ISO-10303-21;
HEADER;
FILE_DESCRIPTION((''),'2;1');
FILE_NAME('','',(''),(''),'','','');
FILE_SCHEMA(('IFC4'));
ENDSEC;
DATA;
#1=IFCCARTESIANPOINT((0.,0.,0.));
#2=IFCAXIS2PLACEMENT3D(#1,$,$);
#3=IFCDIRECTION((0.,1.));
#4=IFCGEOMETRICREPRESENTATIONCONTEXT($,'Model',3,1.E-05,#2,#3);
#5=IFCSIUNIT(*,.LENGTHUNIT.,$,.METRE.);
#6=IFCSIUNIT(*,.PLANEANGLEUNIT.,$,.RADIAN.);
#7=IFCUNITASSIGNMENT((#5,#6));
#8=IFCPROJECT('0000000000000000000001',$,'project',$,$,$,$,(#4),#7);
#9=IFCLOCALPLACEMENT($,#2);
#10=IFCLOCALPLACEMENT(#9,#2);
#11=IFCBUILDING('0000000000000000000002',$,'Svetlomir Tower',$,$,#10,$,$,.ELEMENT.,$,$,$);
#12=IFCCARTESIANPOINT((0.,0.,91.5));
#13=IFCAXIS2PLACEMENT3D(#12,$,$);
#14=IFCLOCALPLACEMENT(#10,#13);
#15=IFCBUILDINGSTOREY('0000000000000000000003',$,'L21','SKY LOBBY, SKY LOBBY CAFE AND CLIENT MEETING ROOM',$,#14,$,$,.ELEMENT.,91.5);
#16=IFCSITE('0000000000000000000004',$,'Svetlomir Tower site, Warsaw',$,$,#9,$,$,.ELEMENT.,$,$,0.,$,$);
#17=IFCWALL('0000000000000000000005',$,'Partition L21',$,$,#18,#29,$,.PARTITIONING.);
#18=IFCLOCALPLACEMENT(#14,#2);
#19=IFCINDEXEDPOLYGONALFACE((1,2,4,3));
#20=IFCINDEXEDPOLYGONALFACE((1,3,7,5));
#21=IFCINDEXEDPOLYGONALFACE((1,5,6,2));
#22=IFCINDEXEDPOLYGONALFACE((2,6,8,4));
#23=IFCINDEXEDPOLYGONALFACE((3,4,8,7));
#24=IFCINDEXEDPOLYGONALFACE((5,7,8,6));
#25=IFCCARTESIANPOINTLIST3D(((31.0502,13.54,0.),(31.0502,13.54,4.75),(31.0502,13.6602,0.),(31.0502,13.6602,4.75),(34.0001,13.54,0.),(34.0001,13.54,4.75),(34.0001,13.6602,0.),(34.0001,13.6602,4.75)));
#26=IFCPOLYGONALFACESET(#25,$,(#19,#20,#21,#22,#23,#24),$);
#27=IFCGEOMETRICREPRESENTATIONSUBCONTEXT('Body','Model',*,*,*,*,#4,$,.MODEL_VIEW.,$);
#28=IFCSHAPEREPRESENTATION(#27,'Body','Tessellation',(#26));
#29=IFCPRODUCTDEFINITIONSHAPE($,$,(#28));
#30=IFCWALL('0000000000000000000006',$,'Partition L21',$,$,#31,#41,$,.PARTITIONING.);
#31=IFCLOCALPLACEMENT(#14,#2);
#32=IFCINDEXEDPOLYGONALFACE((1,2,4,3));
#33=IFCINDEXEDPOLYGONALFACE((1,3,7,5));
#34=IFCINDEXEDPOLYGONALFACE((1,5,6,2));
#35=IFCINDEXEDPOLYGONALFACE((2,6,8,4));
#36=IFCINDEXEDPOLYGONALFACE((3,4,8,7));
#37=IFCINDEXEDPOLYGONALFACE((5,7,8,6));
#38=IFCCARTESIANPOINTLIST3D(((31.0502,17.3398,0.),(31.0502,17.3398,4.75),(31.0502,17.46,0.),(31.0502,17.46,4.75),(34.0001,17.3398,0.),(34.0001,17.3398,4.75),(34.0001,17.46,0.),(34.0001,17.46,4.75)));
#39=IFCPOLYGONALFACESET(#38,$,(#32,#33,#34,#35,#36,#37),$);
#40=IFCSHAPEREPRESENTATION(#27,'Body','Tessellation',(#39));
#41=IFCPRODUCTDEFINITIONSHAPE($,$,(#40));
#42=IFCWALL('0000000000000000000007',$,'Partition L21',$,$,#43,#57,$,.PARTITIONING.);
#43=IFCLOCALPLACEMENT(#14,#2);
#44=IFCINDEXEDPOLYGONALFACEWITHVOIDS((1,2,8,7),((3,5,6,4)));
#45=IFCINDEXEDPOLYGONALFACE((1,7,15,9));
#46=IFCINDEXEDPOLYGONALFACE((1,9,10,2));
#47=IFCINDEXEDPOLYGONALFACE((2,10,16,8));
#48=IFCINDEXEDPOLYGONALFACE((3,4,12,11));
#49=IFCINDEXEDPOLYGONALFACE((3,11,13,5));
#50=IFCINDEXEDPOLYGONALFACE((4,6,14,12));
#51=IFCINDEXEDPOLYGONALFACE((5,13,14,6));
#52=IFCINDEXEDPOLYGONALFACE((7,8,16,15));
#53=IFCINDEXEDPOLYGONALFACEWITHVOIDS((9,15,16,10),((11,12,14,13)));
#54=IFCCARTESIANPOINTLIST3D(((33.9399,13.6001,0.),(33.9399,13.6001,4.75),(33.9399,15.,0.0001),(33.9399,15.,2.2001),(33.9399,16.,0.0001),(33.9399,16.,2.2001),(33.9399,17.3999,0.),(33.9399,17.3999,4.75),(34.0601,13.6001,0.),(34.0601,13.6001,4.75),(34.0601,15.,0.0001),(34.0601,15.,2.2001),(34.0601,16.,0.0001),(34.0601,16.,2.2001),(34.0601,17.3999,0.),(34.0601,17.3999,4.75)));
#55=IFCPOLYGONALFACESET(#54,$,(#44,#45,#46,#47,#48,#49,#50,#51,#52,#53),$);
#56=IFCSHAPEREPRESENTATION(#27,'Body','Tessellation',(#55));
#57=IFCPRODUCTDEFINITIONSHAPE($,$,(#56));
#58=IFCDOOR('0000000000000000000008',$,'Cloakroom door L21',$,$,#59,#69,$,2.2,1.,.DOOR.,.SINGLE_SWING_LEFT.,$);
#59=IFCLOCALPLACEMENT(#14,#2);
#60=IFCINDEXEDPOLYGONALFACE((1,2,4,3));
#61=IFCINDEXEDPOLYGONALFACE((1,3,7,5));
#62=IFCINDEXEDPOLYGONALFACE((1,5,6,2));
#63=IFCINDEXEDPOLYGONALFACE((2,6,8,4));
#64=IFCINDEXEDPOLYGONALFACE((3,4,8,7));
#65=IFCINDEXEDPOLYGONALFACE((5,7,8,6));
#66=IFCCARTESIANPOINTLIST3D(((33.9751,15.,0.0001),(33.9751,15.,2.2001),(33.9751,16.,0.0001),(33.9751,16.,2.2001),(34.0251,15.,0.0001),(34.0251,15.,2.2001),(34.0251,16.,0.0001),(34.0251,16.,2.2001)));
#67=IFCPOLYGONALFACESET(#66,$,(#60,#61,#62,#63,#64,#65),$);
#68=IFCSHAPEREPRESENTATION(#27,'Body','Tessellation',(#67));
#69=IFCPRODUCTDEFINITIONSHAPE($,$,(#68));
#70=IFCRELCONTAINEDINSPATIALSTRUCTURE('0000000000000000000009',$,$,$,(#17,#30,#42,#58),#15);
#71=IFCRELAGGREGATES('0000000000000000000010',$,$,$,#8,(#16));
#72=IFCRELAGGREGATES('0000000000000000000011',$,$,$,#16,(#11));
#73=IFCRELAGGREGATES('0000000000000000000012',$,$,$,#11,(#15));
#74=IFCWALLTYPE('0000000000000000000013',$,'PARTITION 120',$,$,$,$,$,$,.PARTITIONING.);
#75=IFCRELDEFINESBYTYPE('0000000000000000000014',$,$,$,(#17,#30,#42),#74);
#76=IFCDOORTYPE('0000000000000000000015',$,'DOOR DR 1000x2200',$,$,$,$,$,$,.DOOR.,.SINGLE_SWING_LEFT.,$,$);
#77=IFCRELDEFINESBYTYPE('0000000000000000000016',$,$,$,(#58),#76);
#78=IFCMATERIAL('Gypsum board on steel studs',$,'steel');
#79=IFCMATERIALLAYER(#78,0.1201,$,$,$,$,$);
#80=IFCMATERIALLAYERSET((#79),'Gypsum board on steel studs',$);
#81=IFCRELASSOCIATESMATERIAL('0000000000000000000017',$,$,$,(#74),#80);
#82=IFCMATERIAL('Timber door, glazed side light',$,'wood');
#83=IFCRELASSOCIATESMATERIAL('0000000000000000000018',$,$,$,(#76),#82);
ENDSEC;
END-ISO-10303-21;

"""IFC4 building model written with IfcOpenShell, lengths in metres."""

from ifc_helpers import new_model, si_unit, direction, frame, frame_2d, origin, place, context, subcontext, project, spatial, rectangle, extrude, material, layer, layer_set, type_object, element, fill, save


model = new_model("IFC4")

# Units and contexts
model_context = context("Model", 3, precision=1e-05, world=origin(), true_north=direction((0.0, 1.0)))
body_context = subcontext(model_context, "Body", "Model", "MODEL_VIEW")
ifc_project = project(units=[si_unit("LENGTHUNIT", "METRE"), si_unit("PLANEANGLEUNIT", "RADIAN")], contexts=[model_context])

# Site, building, storey
site_placement = place(None, origin())
site = spatial("IfcSite", under=ifc_project, at=site_placement, Name="Svetlomir Tower site, Warsaw", CompositionType="ELEMENT", RefElevation=0.0)
building_placement = place(site_placement, origin())
building = spatial("IfcBuilding", under=site, at=building_placement, Name="Svetlomir Tower", CompositionType="ELEMENT")
storey_placement = place(building_placement, frame((0.0, 0.0, 91.5)))
storey = spatial("IfcBuildingStorey", under=building, at=storey_placement, Name="L21", Description="SKY LOBBY, SKY LOBBY CAFE AND CLIENT MEETING ROOM", CompositionType="ELEMENT", Elevation=91.5)

# Walls
ifc_material_1 = material(Name="Gypsum board on steel studs", Category="steel")
ifc_layer_1 = layer(ifc_material_1, 0.1201)
ifc_layer_set_1 = layer_set([ifc_layer_1], Name="Gypsum board on steel studs")
wall_type_1 = type_object("IfcWallType", Name="PARTITION 120", PredefinedType="PARTITIONING", material=ifc_layer_set_1)
for number, where, z_axis, x_axis, name in (
    (1, (31.05, 13.6001, 0.0), (0.0, 0.0, 1.0), (1.0, 0.0, 0.0), "Partition L21"),
    (2, (31.05, 17.3999, 0.0), (0.0, 0.0, 1.0), (1.0, 0.0, 0.0), "Partition L21"),
):
    element("IfcWall", number, at=place(storey_placement, frame(where, z_axis=z_axis, x_axis=x_axis)), inside=storey, type_object=wall_type_1, Name=name, PredefinedType="PARTITIONING", context=body_context, shape_type="SweptSolid", body=[
        extrude(rectangle(XDim=2.95, YDim=0.1201, at=frame_2d((1.4751, 0.0))), origin(), (0.0, 0.0, 1.0), 4.75),
    ])

# Wall, opening, door
wall_1_placement = place(storey_placement, frame((34.0, 13.6001, 0.0), z_axis=(0.0, 0.0, 1.0), x_axis=(0.0, 1.0, 0.0)))
wall_1 = element("IfcWall", 3, at=wall_1_placement, inside=storey, type_object=wall_type_1, Name="Partition L21", PredefinedType="PARTITIONING", context=body_context, shape_type="SweptSolid", body=[
    extrude(rectangle(XDim=3.7998, YDim=0.1201, at=frame_2d((1.8999, 0.0))), origin(), (0.0, 0.0, 1.0), 4.75),
])
opening_1_placement = place(wall_1_placement, frame((1.3999, 0.0, 0.0)))
opening_1 = element("IfcOpeningElement", 4, at=opening_1_placement, cuts=wall_1, PredefinedType="OPENING", context=body_context, shape_type="SweptSolid", body=[
    extrude(rectangle(XDim=1.0, YDim=2.2, at=frame_2d((0.5, 1.1001))), frame((0.0, 0.0701, 0.0), z_axis=(0.0, -1.0, 0.0), x_axis=(1.0, 0.0, 0.0)), (0.0, 0.0, 1.0), 0.1401),
])
ifc_material_2 = material(Name="Timber door, glazed side light", Category="wood")
door_type_1 = type_object("IfcDoorType", Name="DOOR DR 1000x2200", OperationType="SINGLE_SWING_LEFT", PredefinedType="DOOR", material=ifc_material_2)
door_1_placement = place(opening_1_placement, origin())
door_1 = element("IfcDoor", 5, at=door_1_placement, inside=storey, type_object=door_type_1, Name="Cloakroom door L21", OperationType="SINGLE_SWING_LEFT", OverallHeight=2.2, OverallWidth=1.0, PredefinedType="DOOR", context=body_context, shape_type="SweptSolid", body=[
    extrude(rectangle(XDim=1.0, YDim=2.2, at=frame_2d((0.5, 1.1001))), frame((0.0, 0.0249, 0.0), z_axis=(0.0, -1.0, 0.0), x_axis=(1.0, 0.0, 0.0)), (0.0, 0.0, 1.0), 0.05),
])
fill(opening_1, door_1)

save(model, "model.ifc")
